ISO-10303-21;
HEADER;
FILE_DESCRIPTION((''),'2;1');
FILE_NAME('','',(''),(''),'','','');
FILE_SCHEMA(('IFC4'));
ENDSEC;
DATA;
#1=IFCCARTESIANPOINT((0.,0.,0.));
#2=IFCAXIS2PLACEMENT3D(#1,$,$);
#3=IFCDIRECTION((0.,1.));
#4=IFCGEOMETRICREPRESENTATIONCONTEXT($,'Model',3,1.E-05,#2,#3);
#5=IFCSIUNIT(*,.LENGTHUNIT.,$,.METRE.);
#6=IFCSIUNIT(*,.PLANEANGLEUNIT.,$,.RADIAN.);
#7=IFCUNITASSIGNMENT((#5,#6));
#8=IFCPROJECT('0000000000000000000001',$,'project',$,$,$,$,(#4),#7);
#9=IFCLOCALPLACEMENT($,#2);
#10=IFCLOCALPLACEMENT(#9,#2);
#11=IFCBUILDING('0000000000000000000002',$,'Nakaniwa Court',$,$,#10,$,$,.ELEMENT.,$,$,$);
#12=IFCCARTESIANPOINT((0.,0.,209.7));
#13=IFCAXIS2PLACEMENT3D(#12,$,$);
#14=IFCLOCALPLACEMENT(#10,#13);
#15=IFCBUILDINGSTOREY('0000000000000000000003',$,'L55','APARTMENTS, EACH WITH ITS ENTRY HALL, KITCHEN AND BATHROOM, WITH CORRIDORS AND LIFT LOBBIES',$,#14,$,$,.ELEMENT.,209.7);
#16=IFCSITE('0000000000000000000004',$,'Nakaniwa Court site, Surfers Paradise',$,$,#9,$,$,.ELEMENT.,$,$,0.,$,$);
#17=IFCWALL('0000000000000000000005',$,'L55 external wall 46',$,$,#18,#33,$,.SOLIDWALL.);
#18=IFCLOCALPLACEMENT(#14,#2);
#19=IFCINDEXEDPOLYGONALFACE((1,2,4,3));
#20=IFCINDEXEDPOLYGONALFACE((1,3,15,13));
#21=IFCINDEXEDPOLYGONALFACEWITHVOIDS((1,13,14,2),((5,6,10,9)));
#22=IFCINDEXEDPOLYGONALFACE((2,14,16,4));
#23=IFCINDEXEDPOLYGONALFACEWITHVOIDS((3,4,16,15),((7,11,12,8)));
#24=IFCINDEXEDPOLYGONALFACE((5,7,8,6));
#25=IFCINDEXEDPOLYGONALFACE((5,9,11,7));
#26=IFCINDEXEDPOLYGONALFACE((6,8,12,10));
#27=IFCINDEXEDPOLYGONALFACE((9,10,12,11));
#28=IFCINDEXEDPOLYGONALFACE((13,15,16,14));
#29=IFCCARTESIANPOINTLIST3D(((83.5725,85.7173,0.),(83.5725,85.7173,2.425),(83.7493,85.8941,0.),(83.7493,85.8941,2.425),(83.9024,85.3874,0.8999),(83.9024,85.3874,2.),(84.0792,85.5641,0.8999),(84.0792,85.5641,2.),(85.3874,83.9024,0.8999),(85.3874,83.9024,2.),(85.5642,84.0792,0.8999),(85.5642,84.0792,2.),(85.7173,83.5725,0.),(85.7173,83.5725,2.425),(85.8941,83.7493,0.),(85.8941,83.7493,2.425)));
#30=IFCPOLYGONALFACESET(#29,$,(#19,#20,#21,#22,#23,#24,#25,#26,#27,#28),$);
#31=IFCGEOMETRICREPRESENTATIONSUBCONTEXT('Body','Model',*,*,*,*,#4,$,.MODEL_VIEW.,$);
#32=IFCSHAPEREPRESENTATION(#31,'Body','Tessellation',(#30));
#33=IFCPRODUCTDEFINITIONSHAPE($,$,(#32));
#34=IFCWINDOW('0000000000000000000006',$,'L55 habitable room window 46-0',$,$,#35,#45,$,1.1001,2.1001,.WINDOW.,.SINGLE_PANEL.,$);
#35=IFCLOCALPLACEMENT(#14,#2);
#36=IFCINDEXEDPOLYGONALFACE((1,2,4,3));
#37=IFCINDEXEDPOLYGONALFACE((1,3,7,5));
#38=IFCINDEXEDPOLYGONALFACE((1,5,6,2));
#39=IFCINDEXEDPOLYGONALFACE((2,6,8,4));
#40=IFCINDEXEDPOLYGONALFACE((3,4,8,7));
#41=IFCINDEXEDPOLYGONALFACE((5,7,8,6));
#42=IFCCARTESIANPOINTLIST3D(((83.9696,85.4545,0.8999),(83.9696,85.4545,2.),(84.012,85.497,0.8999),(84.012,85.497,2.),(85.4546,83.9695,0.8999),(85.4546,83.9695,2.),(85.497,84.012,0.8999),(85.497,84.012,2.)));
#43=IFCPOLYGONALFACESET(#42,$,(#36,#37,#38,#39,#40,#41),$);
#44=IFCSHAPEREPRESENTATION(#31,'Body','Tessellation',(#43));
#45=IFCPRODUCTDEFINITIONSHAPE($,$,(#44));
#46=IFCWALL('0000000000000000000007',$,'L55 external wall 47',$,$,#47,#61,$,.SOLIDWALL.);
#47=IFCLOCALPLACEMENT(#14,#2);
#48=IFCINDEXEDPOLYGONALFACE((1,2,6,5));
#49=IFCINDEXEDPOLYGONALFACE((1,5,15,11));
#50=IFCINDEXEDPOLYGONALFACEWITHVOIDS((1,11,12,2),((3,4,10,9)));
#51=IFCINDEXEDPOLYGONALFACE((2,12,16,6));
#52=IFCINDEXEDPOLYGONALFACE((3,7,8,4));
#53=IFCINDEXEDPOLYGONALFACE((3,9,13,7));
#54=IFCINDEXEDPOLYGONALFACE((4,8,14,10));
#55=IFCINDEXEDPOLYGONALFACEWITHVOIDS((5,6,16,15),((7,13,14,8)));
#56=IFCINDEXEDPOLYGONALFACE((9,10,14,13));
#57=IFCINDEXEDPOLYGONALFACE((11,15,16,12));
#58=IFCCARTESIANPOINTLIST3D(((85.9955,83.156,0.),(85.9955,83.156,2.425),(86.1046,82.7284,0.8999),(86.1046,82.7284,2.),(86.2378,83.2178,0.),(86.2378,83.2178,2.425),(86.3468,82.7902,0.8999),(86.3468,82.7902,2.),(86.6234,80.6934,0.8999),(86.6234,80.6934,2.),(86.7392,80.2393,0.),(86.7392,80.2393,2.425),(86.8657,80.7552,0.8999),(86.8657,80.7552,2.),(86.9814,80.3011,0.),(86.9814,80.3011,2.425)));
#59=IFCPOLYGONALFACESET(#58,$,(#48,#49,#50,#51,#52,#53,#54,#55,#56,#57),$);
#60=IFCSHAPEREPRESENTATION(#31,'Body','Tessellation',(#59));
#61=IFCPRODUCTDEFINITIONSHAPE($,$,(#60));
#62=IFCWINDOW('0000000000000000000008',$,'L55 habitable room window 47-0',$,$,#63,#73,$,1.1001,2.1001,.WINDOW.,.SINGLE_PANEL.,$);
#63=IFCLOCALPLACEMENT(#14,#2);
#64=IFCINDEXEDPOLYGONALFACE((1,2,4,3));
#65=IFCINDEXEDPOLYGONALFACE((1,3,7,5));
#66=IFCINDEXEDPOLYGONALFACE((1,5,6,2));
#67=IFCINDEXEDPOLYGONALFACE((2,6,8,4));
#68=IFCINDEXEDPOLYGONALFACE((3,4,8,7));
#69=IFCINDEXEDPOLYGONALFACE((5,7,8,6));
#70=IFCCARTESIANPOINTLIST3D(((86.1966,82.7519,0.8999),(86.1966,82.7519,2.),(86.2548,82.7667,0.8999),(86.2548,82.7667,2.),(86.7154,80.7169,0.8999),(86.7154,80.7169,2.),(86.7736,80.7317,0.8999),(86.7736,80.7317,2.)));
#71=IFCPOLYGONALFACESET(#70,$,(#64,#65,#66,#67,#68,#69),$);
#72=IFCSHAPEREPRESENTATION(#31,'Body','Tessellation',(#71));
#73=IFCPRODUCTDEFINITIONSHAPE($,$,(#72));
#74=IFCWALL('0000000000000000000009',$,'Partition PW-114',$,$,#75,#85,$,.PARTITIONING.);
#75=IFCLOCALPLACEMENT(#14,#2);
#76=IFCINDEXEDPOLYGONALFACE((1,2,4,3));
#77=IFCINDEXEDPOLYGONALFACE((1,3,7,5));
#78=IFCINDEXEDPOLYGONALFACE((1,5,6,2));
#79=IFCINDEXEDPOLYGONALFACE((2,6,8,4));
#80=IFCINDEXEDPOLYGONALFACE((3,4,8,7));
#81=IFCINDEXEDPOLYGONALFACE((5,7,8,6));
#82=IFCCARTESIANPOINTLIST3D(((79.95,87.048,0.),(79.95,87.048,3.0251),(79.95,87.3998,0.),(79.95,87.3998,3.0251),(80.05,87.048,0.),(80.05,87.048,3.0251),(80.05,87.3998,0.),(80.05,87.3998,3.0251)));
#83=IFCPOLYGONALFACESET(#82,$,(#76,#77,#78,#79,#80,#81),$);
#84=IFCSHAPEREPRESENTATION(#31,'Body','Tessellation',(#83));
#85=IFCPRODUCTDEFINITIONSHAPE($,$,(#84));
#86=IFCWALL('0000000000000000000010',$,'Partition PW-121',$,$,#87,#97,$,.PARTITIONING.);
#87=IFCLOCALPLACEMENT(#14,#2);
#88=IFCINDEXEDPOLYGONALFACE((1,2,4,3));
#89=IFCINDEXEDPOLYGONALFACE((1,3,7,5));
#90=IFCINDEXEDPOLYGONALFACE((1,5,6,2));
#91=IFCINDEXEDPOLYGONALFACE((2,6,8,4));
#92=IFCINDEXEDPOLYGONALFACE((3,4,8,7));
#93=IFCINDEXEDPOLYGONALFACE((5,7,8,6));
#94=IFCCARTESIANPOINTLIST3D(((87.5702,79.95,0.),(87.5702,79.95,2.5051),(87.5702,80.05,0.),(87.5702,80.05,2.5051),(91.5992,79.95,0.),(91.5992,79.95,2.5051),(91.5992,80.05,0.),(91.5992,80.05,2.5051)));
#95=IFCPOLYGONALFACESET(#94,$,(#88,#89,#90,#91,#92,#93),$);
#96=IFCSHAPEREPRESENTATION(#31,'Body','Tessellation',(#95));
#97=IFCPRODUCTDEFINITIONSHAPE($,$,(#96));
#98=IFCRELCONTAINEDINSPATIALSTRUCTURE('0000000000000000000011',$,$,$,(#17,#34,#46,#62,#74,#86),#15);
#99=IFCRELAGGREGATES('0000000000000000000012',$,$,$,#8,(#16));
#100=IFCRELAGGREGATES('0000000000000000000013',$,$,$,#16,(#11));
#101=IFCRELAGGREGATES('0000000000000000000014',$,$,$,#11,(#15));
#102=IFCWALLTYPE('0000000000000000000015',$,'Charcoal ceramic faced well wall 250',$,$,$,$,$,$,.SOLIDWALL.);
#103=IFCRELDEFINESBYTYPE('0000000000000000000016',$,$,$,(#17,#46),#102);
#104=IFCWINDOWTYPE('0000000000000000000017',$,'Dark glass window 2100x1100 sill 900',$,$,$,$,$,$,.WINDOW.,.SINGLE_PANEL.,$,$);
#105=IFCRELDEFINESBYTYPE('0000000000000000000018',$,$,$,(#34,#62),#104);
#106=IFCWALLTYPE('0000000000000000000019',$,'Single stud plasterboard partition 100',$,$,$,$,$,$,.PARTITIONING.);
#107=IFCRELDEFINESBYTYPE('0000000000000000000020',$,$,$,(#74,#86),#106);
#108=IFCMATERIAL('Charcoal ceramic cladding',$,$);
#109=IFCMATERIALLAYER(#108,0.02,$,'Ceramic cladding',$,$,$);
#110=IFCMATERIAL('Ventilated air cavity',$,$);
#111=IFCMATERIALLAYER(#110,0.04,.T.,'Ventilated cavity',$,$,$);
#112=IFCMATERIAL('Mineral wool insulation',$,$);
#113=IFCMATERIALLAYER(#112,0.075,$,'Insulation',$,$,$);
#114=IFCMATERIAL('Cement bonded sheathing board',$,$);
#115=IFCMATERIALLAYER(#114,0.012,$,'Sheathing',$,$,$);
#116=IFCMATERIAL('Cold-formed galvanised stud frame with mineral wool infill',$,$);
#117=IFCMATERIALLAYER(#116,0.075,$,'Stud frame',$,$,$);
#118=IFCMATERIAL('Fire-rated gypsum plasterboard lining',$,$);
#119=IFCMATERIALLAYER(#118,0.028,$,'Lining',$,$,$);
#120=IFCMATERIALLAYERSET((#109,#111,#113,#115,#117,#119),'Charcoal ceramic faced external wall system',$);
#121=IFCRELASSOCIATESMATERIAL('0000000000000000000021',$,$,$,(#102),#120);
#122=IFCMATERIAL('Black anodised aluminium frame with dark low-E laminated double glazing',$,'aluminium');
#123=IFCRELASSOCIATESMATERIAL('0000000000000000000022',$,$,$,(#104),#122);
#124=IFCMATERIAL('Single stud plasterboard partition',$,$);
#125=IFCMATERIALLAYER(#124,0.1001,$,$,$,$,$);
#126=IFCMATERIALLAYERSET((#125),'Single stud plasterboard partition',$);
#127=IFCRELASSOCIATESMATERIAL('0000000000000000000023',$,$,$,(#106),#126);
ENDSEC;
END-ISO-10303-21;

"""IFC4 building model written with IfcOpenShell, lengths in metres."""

from ifc_helpers import new_model, si_unit, direction, frame, frame_2d, origin, place, context, subcontext, project, spatial, rectangle, extrude, material, layer, layer_set, type_object, element, fill, save


model = new_model("IFC4")

# Units and contexts
model_context = context("Model", 3, precision=1e-05, world=origin(), true_north=direction((0.0, 1.0)))
body_context = subcontext(model_context, "Body", "Model", "MODEL_VIEW")
ifc_project = project(units=[si_unit("LENGTHUNIT", "METRE"), si_unit("PLANEANGLEUNIT", "RADIAN")], contexts=[model_context])

# Site, building, storey
site_placement = place(None, origin())
site = spatial("IfcSite", under=ifc_project, at=site_placement, Name="Nakaniwa Court site, Surfers Paradise", CompositionType="ELEMENT", RefElevation=0.0)
building_placement = place(site_placement, origin())
building = spatial("IfcBuilding", under=site, at=building_placement, Name="Nakaniwa Court", CompositionType="ELEMENT")
storey_placement = place(building_placement, frame((0.0, 0.0, 209.7)))
storey = spatial("IfcBuildingStorey", under=building, at=storey_placement, Name="L55", Description="APARTMENTS, EACH WITH ITS ENTRY HALL, KITCHEN AND BATHROOM, WITH CORRIDORS AND LIFT LOBBIES", CompositionType="ELEMENT", Elevation=209.7)

# Walls, openings, windows
ifc_material_1 = material(Name="Charcoal ceramic cladding")
ifc_layer_1 = layer(ifc_material_1, 0.02, Name="Ceramic cladding")
ifc_material_2 = material(Name="Ventilated air cavity")
ifc_layer_2 = layer(ifc_material_2, 0.04, ventilated=True, Name="Ventilated cavity")
ifc_material_3 = material(Name="Mineral wool insulation")
ifc_layer_3 = layer(ifc_material_3, 0.075, Name="Insulation")
ifc_material_4 = material(Name="Cement bonded sheathing board")
ifc_layer_4 = layer(ifc_material_4, 0.012, Name="Sheathing")
ifc_material_5 = material(Name="Cold-formed galvanised stud frame with mineral wool infill")
ifc_layer_5 = layer(ifc_material_5, 0.075, Name="Stud frame")
ifc_material_6 = material(Name="Fire-rated gypsum plasterboard lining")
ifc_layer_6 = layer(ifc_material_6, 0.028, Name="Lining")
ifc_layer_set_1 = layer_set([ifc_layer_1, ifc_layer_2, ifc_layer_3, ifc_layer_4, ifc_layer_5, ifc_layer_6], Name="Charcoal ceramic faced external wall system")
wall_type_1 = type_object("IfcWallType", Name="Charcoal ceramic faced well wall 250", PredefinedType="SOLIDWALL", material=ifc_layer_set_1)
ifc_material_7 = material(Name="Black anodised aluminium frame with dark low-E laminated double glazing", Category="aluminium")
window_type = type_object("IfcWindowType", Name="Dark glass window 2100x1100 sill 900", PartitioningType="SINGLE_PANEL", PredefinedType="WINDOW", material=ifc_material_7)
wall_1_placement = place(storey_placement, frame((83.6609, 85.8057, 0.0), z_axis=(0.0, 0.0, 1.0), x_axis=(0.707107, -0.707107, 0.0)))
wall_1 = element("IfcWall", 1, at=wall_1_placement, inside=storey, type_object=wall_type_1, Name="L55 external wall 46", PredefinedType="SOLIDWALL", context=body_context, shape_type="SweptSolid", body=[
    extrude(rectangle(XDim=3.0332, YDim=0.25, at=frame_2d((1.5166, 0.0))), origin(), (0.0, 0.0, 1.0), 2.425),
])
opening_1_placement = place(wall_1_placement, frame((0.4666, 0.0, 0.8999)))
opening_1 = element("IfcOpeningElement", 2, at=opening_1_placement, cuts=wall_1, PredefinedType="OPENING", context=body_context, shape_type="SweptSolid", body=[
    extrude(rectangle(XDim=2.1001, YDim=1.1001, at=frame_2d((1.05, 0.55))), frame((0.0, 0.135, 0.0), z_axis=(0.0, -1.0, 0.0), x_axis=(1.0, 0.0, 0.0)), (0.0, 0.0, 1.0), 0.27),
])
window_1_placement = place(opening_1_placement, origin())
window_1 = element("IfcWindow", 3, at=window_1_placement, inside=storey, type_object=window_type, Name="L55 habitable room window 46-0", OverallHeight=1.1001, OverallWidth=2.1001, PartitioningType="SINGLE_PANEL", PredefinedType="WINDOW", context=body_context, shape_type="SweptSolid", body=[
    extrude(rectangle(XDim=2.1001, YDim=1.1001, at=frame_2d((1.05, 0.55))), frame((0.0, 0.03, 0.0), z_axis=(0.0, -1.0, 0.0), x_axis=(1.0, 0.0, 0.0)), (0.0, 0.0, 1.0), 0.0601),
])
fill(opening_1, window_1)
wall_2_placement = place(storey_placement, frame((86.1167, 83.1868, 0.0), z_axis=(0.0, 0.0, 1.0), x_axis=(0.247056, -0.969001, 0.0)))
wall_2 = element("IfcWall", 4, at=wall_2_placement, inside=storey, type_object=wall_type_1, Name="L55 external wall 47", PredefinedType="SOLIDWALL", context=body_context, shape_type="SweptSolid", body=[
    extrude(rectangle(XDim=3.01, YDim=0.25, at=frame_2d((1.5049, 0.0))), origin(), (0.0, 0.0, 1.0), 2.425),
])
opening_2_placement = place(wall_2_placement, frame((0.4412, 0.0, 0.8999)))
opening_2 = element("IfcOpeningElement", 5, at=opening_2_placement, cuts=wall_2, PredefinedType="OPENING", context=body_context, shape_type="SweptSolid", body=[
    extrude(rectangle(XDim=2.1001, YDim=1.1001, at=frame_2d((1.05, 0.55))), frame((0.0, 0.135, 0.0), z_axis=(0.0, -1.0, 0.0), x_axis=(1.0, 0.0, 0.0)), (0.0, 0.0, 1.0), 0.27),
])
window_2_placement = place(opening_2_placement, origin())
window_2 = element("IfcWindow", 6, at=window_2_placement, inside=storey, type_object=window_type, Name="L55 habitable room window 47-0", OverallHeight=1.1001, OverallWidth=2.1001, PartitioningType="SINGLE_PANEL", PredefinedType="WINDOW", context=body_context, shape_type="SweptSolid", body=[
    extrude(rectangle(XDim=2.1001, YDim=1.1001, at=frame_2d((1.05, 0.55))), frame((0.0, 0.03, 0.0), z_axis=(0.0, -1.0, 0.0), x_axis=(1.0, 0.0, 0.0)), (0.0, 0.0, 1.0), 0.0601),
])
fill(opening_2, window_2)

# Walls
ifc_material_8 = material(Name="Single stud plasterboard partition")
ifc_layer_7 = layer(ifc_material_8, 0.1001)
ifc_layer_set_2 = layer_set([ifc_layer_7], Name="Single stud plasterboard partition")
wall_type_2 = type_object("IfcWallType", Name="Single stud plasterboard partition 100", PredefinedType="PARTITIONING", material=ifc_layer_set_2)
wall_3_placement = place(storey_placement, frame((80.0, 87.0481, 0.0), z_axis=(0.0, 0.0, 1.0), x_axis=(0.0, 1.0, 0.0)))
element("IfcWall", 7, at=wall_3_placement, inside=storey, type_object=wall_type_2, Name="Partition PW-114", PredefinedType="PARTITIONING", context=body_context, shape_type="SweptSolid", body=[
    extrude(rectangle(XDim=0.3518, YDim=0.1001, at=frame_2d((0.1758, 0.0))), origin(), (0.0, 0.0, 1.0), 3.0251),
])
wall_4_placement = place(storey_placement, frame((87.5701, 80.0, 0.0), z_axis=(0.0, 0.0, 1.0), x_axis=(1.0, 0.0, 0.0)))
element("IfcWall", 8, at=wall_4_placement, inside=storey, type_object=wall_type_2, Name="Partition PW-121", PredefinedType="PARTITIONING", context=body_context, shape_type="SweptSolid", body=[
    extrude(rectangle(XDim=4.0291, YDim=0.1001, at=frame_2d((2.0146, 0.0))), origin(), (0.0, 0.0, 1.0), 2.5051),
])

save(model, "model.ifc")
